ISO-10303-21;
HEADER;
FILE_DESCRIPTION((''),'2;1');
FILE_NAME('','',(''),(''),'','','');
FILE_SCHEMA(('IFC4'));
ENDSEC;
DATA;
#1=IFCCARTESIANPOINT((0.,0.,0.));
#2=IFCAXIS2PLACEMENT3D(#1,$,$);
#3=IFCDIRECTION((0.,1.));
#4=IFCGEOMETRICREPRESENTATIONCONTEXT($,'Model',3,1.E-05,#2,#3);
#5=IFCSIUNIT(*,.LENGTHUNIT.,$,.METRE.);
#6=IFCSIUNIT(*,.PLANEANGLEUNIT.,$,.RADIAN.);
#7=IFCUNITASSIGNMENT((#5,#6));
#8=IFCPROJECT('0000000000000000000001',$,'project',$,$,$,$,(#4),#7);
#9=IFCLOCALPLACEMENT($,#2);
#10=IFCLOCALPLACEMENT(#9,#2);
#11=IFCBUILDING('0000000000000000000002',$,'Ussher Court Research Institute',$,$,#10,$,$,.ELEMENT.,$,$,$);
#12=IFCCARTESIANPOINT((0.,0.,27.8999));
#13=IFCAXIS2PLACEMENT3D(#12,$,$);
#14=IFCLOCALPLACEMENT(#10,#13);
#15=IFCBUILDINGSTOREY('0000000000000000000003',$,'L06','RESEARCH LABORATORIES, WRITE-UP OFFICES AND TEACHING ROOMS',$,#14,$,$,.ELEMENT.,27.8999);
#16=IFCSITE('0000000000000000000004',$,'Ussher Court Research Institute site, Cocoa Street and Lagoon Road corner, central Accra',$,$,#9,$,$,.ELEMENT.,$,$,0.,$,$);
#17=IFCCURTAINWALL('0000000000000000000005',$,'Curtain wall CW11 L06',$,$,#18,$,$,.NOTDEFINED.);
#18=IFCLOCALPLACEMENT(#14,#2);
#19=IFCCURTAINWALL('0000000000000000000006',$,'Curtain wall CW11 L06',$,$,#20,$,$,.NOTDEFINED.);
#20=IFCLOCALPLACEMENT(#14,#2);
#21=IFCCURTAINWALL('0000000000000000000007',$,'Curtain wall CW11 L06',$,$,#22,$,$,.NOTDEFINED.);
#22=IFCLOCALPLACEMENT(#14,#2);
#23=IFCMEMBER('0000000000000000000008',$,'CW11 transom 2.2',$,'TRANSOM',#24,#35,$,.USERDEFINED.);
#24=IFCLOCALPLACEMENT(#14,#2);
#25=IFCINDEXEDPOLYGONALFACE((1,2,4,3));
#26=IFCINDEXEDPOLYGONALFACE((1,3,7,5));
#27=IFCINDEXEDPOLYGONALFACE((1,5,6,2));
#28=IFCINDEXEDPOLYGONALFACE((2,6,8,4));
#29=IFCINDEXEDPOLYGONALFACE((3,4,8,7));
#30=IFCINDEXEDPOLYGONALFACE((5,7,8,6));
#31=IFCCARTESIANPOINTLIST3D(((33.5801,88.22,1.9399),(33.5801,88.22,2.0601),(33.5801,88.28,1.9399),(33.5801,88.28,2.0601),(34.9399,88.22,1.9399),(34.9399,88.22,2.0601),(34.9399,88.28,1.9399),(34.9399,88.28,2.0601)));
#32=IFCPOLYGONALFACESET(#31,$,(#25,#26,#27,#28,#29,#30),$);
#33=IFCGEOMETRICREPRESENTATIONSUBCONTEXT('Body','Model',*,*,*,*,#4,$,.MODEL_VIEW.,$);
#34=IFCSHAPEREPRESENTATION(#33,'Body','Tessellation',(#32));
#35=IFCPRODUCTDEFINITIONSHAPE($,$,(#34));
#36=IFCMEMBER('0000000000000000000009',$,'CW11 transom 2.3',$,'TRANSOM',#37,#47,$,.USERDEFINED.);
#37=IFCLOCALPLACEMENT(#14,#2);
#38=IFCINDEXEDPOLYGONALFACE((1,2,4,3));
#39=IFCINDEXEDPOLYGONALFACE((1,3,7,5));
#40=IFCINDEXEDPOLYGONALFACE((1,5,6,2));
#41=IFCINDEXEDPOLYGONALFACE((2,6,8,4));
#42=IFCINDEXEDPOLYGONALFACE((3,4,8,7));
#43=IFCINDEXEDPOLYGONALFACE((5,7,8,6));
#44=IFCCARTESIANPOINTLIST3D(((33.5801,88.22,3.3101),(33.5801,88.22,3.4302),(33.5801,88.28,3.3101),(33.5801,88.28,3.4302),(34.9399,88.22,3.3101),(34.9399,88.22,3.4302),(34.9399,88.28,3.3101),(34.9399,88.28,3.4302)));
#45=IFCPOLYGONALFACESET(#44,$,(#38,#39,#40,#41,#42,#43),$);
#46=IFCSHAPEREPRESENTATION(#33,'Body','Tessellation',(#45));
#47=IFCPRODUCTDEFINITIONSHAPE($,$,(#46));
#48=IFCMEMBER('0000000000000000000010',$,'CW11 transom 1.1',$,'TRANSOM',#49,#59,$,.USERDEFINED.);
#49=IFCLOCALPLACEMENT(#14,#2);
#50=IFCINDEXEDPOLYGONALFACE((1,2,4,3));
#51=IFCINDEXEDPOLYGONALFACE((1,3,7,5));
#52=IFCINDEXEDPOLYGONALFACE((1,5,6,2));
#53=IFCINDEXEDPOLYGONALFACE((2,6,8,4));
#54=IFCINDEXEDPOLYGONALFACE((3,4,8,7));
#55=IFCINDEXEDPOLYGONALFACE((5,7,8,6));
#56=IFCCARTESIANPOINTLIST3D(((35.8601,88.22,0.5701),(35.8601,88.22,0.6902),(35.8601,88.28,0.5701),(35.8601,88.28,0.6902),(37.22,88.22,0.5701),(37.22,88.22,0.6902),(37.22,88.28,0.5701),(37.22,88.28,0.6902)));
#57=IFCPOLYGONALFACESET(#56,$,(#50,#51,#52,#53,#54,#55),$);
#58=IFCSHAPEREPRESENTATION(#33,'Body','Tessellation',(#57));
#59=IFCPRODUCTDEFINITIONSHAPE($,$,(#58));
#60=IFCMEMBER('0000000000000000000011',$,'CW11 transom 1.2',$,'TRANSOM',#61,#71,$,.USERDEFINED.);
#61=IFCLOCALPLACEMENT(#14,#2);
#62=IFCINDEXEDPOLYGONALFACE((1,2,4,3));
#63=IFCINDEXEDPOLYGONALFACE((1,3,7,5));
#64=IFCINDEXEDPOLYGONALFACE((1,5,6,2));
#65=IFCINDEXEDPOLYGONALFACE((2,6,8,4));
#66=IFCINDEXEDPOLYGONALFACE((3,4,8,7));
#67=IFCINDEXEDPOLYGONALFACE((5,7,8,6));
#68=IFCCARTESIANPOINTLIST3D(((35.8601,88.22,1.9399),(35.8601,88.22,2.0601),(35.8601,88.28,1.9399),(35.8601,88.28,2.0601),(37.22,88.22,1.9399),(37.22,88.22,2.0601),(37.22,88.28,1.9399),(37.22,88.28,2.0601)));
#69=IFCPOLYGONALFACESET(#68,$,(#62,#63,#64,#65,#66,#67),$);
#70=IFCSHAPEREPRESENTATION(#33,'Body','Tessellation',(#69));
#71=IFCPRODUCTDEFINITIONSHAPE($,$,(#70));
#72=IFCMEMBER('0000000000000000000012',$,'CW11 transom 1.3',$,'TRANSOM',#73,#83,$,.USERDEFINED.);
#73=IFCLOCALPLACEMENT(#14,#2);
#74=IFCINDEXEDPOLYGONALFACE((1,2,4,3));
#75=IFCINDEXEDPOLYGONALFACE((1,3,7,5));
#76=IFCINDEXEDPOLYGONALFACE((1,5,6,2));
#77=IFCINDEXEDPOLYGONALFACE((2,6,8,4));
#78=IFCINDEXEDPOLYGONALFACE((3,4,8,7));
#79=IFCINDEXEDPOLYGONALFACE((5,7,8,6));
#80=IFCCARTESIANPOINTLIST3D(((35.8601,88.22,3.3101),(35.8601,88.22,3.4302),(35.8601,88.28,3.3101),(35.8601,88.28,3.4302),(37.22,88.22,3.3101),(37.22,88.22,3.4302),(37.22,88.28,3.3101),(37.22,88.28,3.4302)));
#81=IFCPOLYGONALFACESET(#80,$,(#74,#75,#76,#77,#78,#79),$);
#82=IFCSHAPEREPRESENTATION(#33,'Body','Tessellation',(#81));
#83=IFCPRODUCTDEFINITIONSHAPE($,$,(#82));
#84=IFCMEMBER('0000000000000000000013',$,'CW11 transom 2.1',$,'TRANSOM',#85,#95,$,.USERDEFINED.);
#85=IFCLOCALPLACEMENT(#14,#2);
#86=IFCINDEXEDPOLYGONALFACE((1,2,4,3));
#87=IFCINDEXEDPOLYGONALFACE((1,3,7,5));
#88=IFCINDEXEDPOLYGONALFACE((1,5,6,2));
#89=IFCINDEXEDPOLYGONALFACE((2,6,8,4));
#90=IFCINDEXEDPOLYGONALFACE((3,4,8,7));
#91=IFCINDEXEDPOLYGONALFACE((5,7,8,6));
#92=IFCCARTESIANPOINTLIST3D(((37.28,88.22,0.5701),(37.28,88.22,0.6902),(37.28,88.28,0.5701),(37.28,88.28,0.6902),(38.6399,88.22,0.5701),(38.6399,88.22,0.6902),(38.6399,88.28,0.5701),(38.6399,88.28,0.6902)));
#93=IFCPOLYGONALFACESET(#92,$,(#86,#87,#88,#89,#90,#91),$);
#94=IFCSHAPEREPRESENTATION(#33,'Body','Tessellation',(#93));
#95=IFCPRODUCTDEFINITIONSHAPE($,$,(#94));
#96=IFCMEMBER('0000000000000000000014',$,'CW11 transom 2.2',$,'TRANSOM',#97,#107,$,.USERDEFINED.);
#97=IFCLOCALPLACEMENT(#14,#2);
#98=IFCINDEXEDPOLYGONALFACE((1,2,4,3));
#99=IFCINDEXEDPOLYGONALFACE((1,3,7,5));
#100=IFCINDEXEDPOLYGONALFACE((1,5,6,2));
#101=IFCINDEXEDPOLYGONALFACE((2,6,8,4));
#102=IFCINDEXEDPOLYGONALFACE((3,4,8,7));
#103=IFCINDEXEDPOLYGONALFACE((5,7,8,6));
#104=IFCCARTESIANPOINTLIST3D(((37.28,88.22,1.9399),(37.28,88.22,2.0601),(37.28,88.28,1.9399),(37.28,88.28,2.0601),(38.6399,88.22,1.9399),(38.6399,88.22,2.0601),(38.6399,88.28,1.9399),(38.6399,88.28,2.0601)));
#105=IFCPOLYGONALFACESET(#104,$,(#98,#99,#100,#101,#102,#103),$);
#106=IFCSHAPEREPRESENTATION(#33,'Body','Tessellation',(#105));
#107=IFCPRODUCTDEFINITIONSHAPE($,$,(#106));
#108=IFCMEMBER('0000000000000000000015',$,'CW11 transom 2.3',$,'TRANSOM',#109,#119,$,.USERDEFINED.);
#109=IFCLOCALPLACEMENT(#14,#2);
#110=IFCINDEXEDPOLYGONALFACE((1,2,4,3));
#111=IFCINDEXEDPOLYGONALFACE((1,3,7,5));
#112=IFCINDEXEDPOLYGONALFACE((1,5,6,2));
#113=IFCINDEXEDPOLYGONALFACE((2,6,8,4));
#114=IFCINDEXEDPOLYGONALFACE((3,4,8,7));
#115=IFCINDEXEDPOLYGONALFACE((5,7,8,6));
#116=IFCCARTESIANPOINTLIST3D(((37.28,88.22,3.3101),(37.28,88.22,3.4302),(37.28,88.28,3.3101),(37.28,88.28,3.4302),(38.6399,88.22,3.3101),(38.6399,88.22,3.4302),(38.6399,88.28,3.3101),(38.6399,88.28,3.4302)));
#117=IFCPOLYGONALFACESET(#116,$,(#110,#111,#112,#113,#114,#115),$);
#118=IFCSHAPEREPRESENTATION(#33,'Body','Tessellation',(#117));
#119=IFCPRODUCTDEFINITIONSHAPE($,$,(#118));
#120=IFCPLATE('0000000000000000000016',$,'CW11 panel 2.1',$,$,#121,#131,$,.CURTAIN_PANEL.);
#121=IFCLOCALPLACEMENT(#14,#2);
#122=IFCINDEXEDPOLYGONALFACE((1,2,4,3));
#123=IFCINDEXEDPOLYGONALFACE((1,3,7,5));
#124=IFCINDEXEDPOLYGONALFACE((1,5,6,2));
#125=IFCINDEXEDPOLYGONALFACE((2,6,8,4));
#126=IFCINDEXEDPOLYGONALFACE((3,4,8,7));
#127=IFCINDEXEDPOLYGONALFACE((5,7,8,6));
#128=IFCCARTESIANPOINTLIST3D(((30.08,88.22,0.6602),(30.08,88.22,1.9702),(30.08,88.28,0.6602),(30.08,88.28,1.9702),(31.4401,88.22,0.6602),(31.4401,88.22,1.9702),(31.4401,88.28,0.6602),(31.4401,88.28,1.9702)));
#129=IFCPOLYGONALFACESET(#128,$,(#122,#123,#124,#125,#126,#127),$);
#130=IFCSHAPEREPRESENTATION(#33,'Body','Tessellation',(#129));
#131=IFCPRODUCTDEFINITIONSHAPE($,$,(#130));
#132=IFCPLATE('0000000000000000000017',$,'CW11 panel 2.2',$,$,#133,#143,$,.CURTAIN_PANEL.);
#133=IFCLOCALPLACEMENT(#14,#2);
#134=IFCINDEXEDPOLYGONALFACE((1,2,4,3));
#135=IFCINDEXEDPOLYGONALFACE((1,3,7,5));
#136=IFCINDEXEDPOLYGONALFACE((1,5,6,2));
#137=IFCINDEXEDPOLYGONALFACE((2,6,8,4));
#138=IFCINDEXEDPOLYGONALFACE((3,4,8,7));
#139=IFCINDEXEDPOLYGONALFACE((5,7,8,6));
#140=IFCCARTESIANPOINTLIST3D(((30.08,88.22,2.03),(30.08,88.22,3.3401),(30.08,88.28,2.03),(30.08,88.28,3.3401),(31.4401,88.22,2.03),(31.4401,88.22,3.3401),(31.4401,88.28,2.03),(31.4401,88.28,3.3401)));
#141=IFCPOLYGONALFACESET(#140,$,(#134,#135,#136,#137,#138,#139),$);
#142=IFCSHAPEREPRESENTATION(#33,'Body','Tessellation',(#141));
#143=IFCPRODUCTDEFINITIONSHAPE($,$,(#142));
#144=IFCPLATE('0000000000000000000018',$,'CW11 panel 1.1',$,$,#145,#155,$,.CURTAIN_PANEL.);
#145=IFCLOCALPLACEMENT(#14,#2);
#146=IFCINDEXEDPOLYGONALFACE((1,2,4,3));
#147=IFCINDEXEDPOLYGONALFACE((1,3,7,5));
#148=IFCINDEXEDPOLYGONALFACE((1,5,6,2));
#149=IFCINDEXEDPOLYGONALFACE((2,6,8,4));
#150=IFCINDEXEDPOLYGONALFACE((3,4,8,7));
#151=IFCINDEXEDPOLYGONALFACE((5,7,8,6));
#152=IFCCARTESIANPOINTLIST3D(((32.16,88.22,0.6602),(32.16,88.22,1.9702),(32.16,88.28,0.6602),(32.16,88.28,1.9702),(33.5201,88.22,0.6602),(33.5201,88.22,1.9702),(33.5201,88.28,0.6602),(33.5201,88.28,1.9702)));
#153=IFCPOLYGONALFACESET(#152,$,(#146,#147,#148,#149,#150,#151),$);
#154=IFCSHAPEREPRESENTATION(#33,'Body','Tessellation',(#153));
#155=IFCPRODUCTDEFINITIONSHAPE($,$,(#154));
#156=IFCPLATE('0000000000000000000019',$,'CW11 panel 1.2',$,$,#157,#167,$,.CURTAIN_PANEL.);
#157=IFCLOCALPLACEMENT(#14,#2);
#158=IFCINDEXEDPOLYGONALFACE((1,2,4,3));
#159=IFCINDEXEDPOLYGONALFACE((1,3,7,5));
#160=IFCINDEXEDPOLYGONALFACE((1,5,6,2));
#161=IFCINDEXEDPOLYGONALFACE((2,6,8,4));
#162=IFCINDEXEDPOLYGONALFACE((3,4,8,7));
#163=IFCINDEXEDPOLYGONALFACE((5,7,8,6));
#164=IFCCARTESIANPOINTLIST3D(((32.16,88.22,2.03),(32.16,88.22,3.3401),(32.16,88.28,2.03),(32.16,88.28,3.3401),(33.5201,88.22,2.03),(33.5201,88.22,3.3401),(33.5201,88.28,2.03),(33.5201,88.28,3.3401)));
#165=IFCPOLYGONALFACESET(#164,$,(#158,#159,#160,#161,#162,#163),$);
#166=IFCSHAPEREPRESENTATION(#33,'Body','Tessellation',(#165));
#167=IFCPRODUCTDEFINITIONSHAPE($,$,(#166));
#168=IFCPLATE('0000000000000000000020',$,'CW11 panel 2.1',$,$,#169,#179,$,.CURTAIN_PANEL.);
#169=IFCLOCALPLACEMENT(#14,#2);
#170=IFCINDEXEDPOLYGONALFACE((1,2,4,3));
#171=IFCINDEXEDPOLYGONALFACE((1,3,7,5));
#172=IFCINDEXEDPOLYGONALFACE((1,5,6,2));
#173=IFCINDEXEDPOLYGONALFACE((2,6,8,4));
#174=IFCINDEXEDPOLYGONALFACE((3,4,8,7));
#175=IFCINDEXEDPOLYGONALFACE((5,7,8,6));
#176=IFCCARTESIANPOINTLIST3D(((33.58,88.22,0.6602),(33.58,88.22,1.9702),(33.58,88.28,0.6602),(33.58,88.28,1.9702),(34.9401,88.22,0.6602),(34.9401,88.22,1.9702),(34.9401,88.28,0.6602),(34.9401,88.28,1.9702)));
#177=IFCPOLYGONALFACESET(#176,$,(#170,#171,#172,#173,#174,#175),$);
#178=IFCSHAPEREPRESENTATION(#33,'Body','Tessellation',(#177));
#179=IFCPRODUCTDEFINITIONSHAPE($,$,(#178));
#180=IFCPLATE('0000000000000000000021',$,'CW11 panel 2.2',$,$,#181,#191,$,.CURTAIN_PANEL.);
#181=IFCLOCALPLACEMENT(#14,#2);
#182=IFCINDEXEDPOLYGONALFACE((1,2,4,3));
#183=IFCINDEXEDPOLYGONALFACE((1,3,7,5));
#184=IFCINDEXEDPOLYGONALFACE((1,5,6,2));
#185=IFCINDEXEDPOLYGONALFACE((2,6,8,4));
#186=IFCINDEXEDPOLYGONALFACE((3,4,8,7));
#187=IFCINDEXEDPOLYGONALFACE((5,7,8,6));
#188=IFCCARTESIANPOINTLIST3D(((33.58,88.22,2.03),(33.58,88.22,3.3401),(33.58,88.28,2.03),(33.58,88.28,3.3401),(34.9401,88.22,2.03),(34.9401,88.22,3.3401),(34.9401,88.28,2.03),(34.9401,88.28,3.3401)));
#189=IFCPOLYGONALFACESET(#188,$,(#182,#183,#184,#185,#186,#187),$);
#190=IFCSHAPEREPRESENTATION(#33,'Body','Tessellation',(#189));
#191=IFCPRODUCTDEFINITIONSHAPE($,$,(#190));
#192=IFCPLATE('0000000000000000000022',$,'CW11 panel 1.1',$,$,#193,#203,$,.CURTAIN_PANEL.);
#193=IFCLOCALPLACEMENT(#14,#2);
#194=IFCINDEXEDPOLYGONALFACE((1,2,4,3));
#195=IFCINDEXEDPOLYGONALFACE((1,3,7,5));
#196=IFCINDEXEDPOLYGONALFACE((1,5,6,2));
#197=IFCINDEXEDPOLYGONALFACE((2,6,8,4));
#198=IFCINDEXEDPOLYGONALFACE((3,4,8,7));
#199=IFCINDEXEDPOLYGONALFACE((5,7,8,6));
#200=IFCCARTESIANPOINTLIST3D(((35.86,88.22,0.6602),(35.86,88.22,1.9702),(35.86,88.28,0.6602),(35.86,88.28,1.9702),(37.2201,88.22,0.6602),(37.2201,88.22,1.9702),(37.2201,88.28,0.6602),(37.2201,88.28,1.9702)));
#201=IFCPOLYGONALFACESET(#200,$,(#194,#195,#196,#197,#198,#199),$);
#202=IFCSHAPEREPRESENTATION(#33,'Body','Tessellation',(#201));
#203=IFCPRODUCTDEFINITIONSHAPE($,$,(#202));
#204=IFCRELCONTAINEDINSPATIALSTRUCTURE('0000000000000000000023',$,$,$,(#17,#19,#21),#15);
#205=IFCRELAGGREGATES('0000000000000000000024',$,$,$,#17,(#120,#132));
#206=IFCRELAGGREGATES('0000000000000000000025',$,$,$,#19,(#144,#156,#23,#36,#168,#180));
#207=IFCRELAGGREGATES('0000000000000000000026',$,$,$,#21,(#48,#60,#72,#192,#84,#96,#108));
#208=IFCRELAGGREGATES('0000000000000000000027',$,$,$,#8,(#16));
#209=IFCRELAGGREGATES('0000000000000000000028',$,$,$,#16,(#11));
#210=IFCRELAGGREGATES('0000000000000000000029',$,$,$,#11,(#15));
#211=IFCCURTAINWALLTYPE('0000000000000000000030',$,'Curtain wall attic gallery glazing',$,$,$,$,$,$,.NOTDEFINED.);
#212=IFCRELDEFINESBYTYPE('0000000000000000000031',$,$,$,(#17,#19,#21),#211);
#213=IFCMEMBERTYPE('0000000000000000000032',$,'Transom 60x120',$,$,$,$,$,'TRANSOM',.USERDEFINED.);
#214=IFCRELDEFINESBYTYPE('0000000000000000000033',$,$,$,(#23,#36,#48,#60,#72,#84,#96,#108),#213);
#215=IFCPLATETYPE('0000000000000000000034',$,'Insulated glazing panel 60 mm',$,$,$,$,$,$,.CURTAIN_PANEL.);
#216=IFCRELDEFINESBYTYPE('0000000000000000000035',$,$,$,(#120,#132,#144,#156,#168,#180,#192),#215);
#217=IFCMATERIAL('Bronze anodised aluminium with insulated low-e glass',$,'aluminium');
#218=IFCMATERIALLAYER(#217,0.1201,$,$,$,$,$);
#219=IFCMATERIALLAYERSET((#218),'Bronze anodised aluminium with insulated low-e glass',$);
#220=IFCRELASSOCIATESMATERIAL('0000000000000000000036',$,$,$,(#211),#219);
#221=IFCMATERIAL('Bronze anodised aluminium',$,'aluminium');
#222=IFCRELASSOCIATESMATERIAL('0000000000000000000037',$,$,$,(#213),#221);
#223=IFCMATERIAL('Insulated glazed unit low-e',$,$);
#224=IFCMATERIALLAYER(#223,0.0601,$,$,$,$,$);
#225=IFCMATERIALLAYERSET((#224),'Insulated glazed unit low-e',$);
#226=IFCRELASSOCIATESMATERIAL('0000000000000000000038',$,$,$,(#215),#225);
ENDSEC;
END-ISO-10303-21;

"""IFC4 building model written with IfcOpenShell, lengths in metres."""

from ifc_helpers import new_model, si_unit, direction, frame, origin, origin_2d, place, context, subcontext, project, spatial, rectangle, extrude, material, layer, layer_set, material_profile, profile_set, type_object, element, aggregate, save


model = new_model("IFC4")

# Units and contexts
model_context = context("Model", 3, precision=1e-05, world=origin(), true_north=direction((0.0, 1.0)))
body_context = subcontext(model_context, "Body", "Model", "MODEL_VIEW")
ifc_project = project(units=[si_unit("LENGTHUNIT", "METRE"), si_unit("PLANEANGLEUNIT", "RADIAN")], contexts=[model_context])

# Site, building, storey
site_placement = place(None, origin())
site = spatial("IfcSite", under=ifc_project, at=site_placement, Name="Ussher Court Research Institute site, Cocoa Street and Lagoon Road corner, central Accra", CompositionType="ELEMENT", RefElevation=0.0)
building_placement = place(site_placement, origin())
building = spatial("IfcBuilding", under=site, at=building_placement, Name="Ussher Court Research Institute", CompositionType="ELEMENT")
storey_placement = place(building_placement, frame((0.0, 0.0, 27.8999)))
storey = spatial("IfcBuildingStorey", under=building, at=storey_placement, Name="L06", Description="RESEARCH LABORATORIES, WRITE-UP OFFICES AND TEACHING ROOMS", CompositionType="ELEMENT", Elevation=27.8999)

# Curtain wall
ifc_material_1 = material(Name="Bronze anodised aluminium with insulated low-e glass", Category="aluminium")
ifc_layer_1 = layer(ifc_material_1, 0.1201)
ifc_layer_set_1 = layer_set([ifc_layer_1], Name="Bronze anodised aluminium with insulated low-e glass")
curtain_wall_type = type_object("IfcCurtainWallType", Name="Curtain wall attic gallery glazing", PredefinedType="NOTDEFINED", material=ifc_layer_set_1)
curtain_wall_1_placement = place(storey_placement, origin())
curtain_wall_1 = element("IfcCurtainWall", 1, at=curtain_wall_1_placement, inside=storey, type_object=curtain_wall_type, Name="Curtain wall CW11 L06", PredefinedType="NOTDEFINED")

# Curtain walls
curtain_wall_2_placement = place(storey_placement, origin())
curtain_wall_2 = element("IfcCurtainWall", 2, at=curtain_wall_2_placement, inside=storey, type_object=curtain_wall_type, Name="Curtain wall CW11 L06", PredefinedType="NOTDEFINED")
curtain_wall_3_placement = place(storey_placement, origin())
curtain_wall_3 = element("IfcCurtainWall", 3, at=curtain_wall_3_placement, inside=storey, type_object=curtain_wall_type, Name="Curtain wall CW11 L06", PredefinedType="NOTDEFINED")

# Members
ifc_material_2 = material(Name="Bronze anodised aluminium", Category="aluminium")
ifc_material_profile_1 = material_profile(ifc_material_2, rectangle(XDim=0.0601, YDim=0.1201, at=origin_2d()), Name="Transom 60x120")
ifc_profile_set_1 = profile_set([ifc_material_profile_1], Name="Bronze anodised aluminium")
member_type_1 = type_object("IfcMemberType", Name="Transom 60x120", ElementType="TRANSOM", PredefinedType="USERDEFINED", material=ifc_profile_set_1)
member_1_placement = place(storey_placement, frame((33.5801, 88.25, 2.0), z_axis=(1.0, 0.0, 0.0), x_axis=(0.0, 1.0, 0.0)))
member_1 = element("IfcMember", 4, at=member_1_placement, type_object=member_type_1, Name="CW11 transom 2.2", ObjectType="TRANSOM", PredefinedType="USERDEFINED", context=body_context, shape_type="SweptSolid", body=[
    extrude(rectangle(XDim=0.0601, YDim=0.1201, at=origin_2d()), origin(), (0.0, 0.0, 1.0), 1.3599),
])
member_2_placement = place(storey_placement, frame((33.5801, 88.25, 3.3701), z_axis=(1.0, 0.0, 0.0), x_axis=(0.0, 1.0, 0.0)))
member_2 = element("IfcMember", 5, at=member_2_placement, type_object=member_type_1, Name="CW11 transom 2.3", ObjectType="TRANSOM", PredefinedType="USERDEFINED", context=body_context, shape_type="SweptSolid", body=[
    extrude(rectangle(XDim=0.0601, YDim=0.1201, at=origin_2d()), origin(), (0.0, 0.0, 1.0), 1.3599),
])
member_3_placement = place(storey_placement, frame((35.8601, 88.25, 0.6301), z_axis=(1.0, 0.0, 0.0), x_axis=(0.0, 1.0, 0.0)))
member_3 = element("IfcMember", 6, at=member_3_placement, type_object=member_type_1, Name="CW11 transom 1.1", ObjectType="TRANSOM", PredefinedType="USERDEFINED", context=body_context, shape_type="SweptSolid", body=[
    extrude(rectangle(XDim=0.0601, YDim=0.1201, at=origin_2d()), origin(), (0.0, 0.0, 1.0), 1.3599),
])
member_4_placement = place(storey_placement, frame((35.8601, 88.25, 2.0), z_axis=(1.0, 0.0, 0.0), x_axis=(0.0, 1.0, 0.0)))
member_4 = element("IfcMember", 7, at=member_4_placement, type_object=member_type_1, Name="CW11 transom 1.2", ObjectType="TRANSOM", PredefinedType="USERDEFINED", context=body_context, shape_type="SweptSolid", body=[
    extrude(rectangle(XDim=0.0601, YDim=0.1201, at=origin_2d()), origin(), (0.0, 0.0, 1.0), 1.3599),
])
member_5_placement = place(storey_placement, frame((35.8601, 88.25, 3.3701), z_axis=(1.0, 0.0, 0.0), x_axis=(0.0, 1.0, 0.0)))
member_5 = element("IfcMember", 8, at=member_5_placement, type_object=member_type_1, Name="CW11 transom 1.3", ObjectType="TRANSOM", PredefinedType="USERDEFINED", context=body_context, shape_type="SweptSolid", body=[
    extrude(rectangle(XDim=0.0601, YDim=0.1201, at=origin_2d()), origin(), (0.0, 0.0, 1.0), 1.3599),
])
member_6_placement = place(storey_placement, frame((37.28, 88.25, 0.6301), z_axis=(1.0, 0.0, 0.0), x_axis=(0.0, 1.0, 0.0)))
member_6 = element("IfcMember", 9, at=member_6_placement, type_object=member_type_1, Name="CW11 transom 2.1", ObjectType="TRANSOM", PredefinedType="USERDEFINED", context=body_context, shape_type="SweptSolid", body=[
    extrude(rectangle(XDim=0.0601, YDim=0.1201, at=origin_2d()), origin(), (0.0, 0.0, 1.0), 1.3599),
])
member_7_placement = place(storey_placement, frame((37.28, 88.25, 2.0), z_axis=(1.0, 0.0, 0.0), x_axis=(0.0, 1.0, 0.0)))
member_7 = element("IfcMember", 10, at=member_7_placement, type_object=member_type_1, Name="CW11 transom 2.2", ObjectType="TRANSOM", PredefinedType="USERDEFINED", context=body_context, shape_type="SweptSolid", body=[
    extrude(rectangle(XDim=0.0601, YDim=0.1201, at=origin_2d()), origin(), (0.0, 0.0, 1.0), 1.3599),
])
member_8_placement = place(storey_placement, frame((37.28, 88.25, 3.3701), z_axis=(1.0, 0.0, 0.0), x_axis=(0.0, 1.0, 0.0)))
member_8 = element("IfcMember", 11, at=member_8_placement, type_object=member_type_1, Name="CW11 transom 2.3", ObjectType="TRANSOM", PredefinedType="USERDEFINED", context=body_context, shape_type="SweptSolid", body=[
    extrude(rectangle(XDim=0.0601, YDim=0.1201, at=origin_2d()), origin(), (0.0, 0.0, 1.0), 1.3599),
])

# Plates
ifc_material_3 = material(Name="Insulated glazed unit low-e")
ifc_layer_2 = layer(ifc_material_3, 0.0601)
ifc_layer_set_2 = layer_set([ifc_layer_2], Name="Insulated glazed unit low-e")
plate_type = type_object("IfcPlateType", Name="Insulated glazing panel 60 mm", PredefinedType="CURTAIN_PANEL", material=ifc_layer_set_2)
plate_1_placement = place(storey_placement, frame((30.76, 88.25, 0.6602), z_axis=(0.0, 0.0, 1.0), x_axis=(1.0, 0.0, 0.0)))
plate_1 = element("IfcPlate", 12, at=plate_1_placement, type_object=plate_type, Name="CW11 panel 2.1", PredefinedType="CURTAIN_PANEL", context=body_context, shape_type="SweptSolid", body=[
    extrude(rectangle(XDim=1.3601, YDim=0.0601, at=origin_2d()), origin(), (0.0, 0.0, 1.0), 1.3101),
])
plate_2_placement = place(storey_placement, frame((30.76, 88.25, 2.03), z_axis=(0.0, 0.0, 1.0), x_axis=(1.0, 0.0, 0.0)))
plate_2 = element("IfcPlate", 13, at=plate_2_placement, type_object=plate_type, Name="CW11 panel 2.2", PredefinedType="CURTAIN_PANEL", context=body_context, shape_type="SweptSolid", body=[
    extrude(rectangle(XDim=1.3601, YDim=0.0601, at=origin_2d()), origin(), (0.0, 0.0, 1.0), 1.3101),
])
aggregate(curtain_wall_1, [plate_1, plate_2])
plate_3_placement = place(storey_placement, frame((32.8401, 88.25, 0.6602), z_axis=(0.0, 0.0, 1.0), x_axis=(1.0, 0.0, 0.0)))
plate_3 = element("IfcPlate", 14, at=plate_3_placement, type_object=plate_type, Name="CW11 panel 1.1", PredefinedType="CURTAIN_PANEL", context=body_context, shape_type="SweptSolid", body=[
    extrude(rectangle(XDim=1.3601, YDim=0.0601, at=origin_2d()), origin(), (0.0, 0.0, 1.0), 1.3101),
])
plate_4_placement = place(storey_placement, frame((32.8401, 88.25, 2.03), z_axis=(0.0, 0.0, 1.0), x_axis=(1.0, 0.0, 0.0)))
plate_4 = element("IfcPlate", 15, at=plate_4_placement, type_object=plate_type, Name="CW11 panel 1.2", PredefinedType="CURTAIN_PANEL", context=body_context, shape_type="SweptSolid", body=[
    extrude(rectangle(XDim=1.3601, YDim=0.0601, at=origin_2d()), origin(), (0.0, 0.0, 1.0), 1.3101),
])
plate_5_placement = place(storey_placement, frame((34.26, 88.25, 0.6602), z_axis=(0.0, 0.0, 1.0), x_axis=(1.0, 0.0, 0.0)))
plate_5 = element("IfcPlate", 16, at=plate_5_placement, type_object=plate_type, Name="CW11 panel 2.1", PredefinedType="CURTAIN_PANEL", context=body_context, shape_type="SweptSolid", body=[
    extrude(rectangle(XDim=1.3601, YDim=0.0601, at=origin_2d()), origin(), (0.0, 0.0, 1.0), 1.3101),
])
plate_6_placement = place(storey_placement, frame((34.26, 88.25, 2.03), z_axis=(0.0, 0.0, 1.0), x_axis=(1.0, 0.0, 0.0)))
plate_6 = element("IfcPlate", 17, at=plate_6_placement, type_object=plate_type, Name="CW11 panel 2.2", PredefinedType="CURTAIN_PANEL", context=body_context, shape_type="SweptSolid", body=[
    extrude(rectangle(XDim=1.3601, YDim=0.0601, at=origin_2d()), origin(), (0.0, 0.0, 1.0), 1.3101),
])
aggregate(curtain_wall_2, [plate_3, plate_4, member_1, member_2, plate_5, plate_6])
plate_7_placement = place(storey_placement, frame((36.54, 88.25, 0.6602), z_axis=(0.0, 0.0, 1.0), x_axis=(1.0, 0.0, 0.0)))
plate_7 = element("IfcPlate", 18, at=plate_7_placement, type_object=plate_type, Name="CW11 panel 1.1", PredefinedType="CURTAIN_PANEL", context=body_context, shape_type="SweptSolid", body=[
    extrude(rectangle(XDim=1.3601, YDim=0.0601, at=origin_2d()), origin(), (0.0, 0.0, 1.0), 1.3101),
])
aggregate(curtain_wall_3, [member_3, member_4, member_5, plate_7, member_6, member_7, member_8])

save(model, "model.ifc")
